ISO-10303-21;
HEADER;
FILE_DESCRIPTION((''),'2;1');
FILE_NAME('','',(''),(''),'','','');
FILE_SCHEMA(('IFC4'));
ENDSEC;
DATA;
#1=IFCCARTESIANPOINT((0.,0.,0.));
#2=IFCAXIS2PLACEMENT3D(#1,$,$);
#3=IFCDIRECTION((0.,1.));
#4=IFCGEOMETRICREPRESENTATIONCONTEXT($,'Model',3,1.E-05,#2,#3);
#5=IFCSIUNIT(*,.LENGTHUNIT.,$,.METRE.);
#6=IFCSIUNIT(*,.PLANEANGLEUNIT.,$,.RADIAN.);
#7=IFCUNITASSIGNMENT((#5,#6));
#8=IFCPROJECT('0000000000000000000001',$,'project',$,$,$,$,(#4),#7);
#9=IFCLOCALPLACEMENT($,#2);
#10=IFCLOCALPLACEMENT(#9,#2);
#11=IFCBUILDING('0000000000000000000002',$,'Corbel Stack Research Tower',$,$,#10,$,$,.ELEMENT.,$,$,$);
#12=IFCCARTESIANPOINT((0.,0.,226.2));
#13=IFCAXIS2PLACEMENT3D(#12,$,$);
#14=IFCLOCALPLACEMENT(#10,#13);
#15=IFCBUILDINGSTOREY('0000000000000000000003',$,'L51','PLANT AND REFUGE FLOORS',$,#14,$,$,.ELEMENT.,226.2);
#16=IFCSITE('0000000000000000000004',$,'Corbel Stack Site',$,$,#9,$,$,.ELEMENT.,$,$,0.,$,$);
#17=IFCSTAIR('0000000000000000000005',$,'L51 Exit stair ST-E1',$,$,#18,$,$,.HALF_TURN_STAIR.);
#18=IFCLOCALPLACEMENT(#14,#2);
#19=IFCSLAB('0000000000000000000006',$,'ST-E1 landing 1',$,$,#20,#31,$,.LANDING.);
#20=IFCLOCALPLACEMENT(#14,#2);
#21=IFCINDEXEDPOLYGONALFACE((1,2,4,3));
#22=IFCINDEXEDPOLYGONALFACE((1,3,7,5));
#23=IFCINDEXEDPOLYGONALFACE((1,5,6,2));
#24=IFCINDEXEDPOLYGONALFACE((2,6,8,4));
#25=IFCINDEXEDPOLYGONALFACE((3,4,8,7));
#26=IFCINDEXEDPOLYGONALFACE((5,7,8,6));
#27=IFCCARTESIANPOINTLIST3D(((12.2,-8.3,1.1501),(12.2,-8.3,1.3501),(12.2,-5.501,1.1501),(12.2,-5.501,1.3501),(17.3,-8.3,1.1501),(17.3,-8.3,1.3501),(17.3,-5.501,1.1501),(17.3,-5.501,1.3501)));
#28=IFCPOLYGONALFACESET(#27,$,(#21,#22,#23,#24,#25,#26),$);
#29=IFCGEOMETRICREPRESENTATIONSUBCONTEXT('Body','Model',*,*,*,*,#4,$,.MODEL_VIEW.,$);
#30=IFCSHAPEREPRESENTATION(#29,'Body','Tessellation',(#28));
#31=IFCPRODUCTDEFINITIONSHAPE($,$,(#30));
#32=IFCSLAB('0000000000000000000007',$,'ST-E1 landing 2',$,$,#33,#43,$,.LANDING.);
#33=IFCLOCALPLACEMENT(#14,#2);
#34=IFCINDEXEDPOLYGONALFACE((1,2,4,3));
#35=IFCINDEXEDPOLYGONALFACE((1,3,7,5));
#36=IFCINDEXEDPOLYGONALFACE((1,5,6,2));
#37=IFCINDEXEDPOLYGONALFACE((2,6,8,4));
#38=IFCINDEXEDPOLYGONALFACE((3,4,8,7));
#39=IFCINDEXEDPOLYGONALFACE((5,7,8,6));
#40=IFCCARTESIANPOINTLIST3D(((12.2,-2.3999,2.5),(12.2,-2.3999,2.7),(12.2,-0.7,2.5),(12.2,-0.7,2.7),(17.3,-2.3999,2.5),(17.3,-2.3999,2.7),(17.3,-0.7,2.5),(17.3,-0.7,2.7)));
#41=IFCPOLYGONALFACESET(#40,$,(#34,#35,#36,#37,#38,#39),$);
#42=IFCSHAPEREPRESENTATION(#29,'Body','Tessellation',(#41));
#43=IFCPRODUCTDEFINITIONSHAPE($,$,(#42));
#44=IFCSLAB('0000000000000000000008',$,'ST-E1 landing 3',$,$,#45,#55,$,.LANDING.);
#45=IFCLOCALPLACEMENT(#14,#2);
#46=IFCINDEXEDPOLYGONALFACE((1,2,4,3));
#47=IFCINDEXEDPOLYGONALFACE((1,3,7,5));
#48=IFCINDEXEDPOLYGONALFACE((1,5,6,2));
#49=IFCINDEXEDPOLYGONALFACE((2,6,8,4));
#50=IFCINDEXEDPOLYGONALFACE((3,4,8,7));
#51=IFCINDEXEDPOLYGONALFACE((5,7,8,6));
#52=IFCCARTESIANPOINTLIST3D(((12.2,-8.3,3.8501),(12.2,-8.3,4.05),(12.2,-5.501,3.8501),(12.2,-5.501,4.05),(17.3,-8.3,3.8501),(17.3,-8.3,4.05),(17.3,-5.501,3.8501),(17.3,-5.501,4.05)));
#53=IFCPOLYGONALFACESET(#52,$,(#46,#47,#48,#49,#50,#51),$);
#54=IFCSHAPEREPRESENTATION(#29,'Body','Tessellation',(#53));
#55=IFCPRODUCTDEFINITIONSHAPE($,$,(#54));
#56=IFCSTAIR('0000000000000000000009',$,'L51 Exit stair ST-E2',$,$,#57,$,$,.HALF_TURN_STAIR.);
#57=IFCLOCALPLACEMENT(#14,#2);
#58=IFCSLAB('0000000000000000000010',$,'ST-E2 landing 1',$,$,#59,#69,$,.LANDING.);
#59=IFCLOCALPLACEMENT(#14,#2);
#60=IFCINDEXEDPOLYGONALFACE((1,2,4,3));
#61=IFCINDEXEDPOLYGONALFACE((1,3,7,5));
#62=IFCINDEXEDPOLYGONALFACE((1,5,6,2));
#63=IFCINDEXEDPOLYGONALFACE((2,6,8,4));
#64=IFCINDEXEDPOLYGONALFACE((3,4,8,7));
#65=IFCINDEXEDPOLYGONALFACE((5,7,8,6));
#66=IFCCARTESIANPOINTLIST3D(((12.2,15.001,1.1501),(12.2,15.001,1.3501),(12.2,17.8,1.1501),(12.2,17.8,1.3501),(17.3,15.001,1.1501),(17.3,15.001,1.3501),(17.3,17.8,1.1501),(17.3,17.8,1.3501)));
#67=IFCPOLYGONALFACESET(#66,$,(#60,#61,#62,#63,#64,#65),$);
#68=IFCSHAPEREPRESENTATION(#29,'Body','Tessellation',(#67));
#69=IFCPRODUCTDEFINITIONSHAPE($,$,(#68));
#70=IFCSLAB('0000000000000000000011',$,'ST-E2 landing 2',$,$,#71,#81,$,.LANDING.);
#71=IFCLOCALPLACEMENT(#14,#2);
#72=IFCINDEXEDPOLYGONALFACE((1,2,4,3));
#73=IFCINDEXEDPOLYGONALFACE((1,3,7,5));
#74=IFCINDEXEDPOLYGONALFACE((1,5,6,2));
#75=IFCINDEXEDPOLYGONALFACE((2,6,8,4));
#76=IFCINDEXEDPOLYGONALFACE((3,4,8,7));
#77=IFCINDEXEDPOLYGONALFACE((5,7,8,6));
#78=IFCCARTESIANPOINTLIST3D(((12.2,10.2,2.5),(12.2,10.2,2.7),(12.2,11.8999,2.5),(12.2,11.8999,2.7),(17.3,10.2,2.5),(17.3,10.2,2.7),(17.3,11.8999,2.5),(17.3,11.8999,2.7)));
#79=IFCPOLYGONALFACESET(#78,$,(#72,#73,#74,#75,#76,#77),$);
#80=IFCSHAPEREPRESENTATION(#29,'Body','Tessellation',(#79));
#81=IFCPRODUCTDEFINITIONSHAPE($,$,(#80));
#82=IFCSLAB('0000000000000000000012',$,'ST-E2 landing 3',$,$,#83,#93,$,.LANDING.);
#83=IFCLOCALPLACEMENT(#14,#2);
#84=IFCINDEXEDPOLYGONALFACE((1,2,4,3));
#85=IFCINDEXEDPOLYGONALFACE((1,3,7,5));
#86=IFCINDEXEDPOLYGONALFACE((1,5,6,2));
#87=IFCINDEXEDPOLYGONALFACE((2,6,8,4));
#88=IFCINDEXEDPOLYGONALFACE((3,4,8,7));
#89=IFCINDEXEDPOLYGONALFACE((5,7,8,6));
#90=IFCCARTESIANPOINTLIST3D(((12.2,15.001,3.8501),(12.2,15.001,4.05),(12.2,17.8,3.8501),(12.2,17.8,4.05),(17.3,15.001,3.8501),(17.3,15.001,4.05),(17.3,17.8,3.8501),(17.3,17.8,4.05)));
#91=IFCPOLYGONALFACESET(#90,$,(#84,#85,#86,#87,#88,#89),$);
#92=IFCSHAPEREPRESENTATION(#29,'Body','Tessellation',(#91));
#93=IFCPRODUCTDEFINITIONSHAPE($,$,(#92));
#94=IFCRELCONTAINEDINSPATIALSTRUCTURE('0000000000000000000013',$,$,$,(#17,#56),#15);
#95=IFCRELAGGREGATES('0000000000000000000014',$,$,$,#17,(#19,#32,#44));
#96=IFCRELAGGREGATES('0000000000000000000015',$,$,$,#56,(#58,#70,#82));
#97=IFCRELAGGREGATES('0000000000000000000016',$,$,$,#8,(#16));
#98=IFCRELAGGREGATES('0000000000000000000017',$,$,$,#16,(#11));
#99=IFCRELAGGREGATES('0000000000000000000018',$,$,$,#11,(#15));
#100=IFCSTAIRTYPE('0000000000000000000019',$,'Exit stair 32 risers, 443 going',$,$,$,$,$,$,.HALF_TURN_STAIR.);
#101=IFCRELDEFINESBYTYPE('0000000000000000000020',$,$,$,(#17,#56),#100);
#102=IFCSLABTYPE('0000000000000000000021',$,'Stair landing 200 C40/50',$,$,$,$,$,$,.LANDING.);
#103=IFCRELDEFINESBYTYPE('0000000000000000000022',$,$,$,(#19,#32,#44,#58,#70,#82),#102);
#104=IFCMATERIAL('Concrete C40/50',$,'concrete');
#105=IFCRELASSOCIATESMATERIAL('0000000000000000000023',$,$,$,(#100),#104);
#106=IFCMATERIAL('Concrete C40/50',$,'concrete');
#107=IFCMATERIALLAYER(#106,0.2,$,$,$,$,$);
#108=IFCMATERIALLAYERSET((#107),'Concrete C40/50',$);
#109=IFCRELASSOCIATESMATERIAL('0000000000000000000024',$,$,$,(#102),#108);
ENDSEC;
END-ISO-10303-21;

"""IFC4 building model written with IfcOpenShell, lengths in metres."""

from ifc_helpers import new_model, si_unit, direction, frame, origin, place, context, subcontext, project, spatial, polyline, outline, extrude, material, layer, layer_set, type_object, element, aggregate, save


model = new_model("IFC4")

# Units and contexts
model_context = context("Model", 3, precision=1e-05, world=origin(), true_north=direction((0.0, 1.0)))
body_context = subcontext(model_context, "Body", "Model", "MODEL_VIEW")
ifc_project = project(units=[si_unit("LENGTHUNIT", "METRE"), si_unit("PLANEANGLEUNIT", "RADIAN")], contexts=[model_context])

# Site, building, storey
site_placement = place(None, origin())
site = spatial("IfcSite", under=ifc_project, at=site_placement, Name="Corbel Stack Site", CompositionType="ELEMENT", RefElevation=0.0)
building_placement = place(site_placement, origin())
building = spatial("IfcBuilding", under=site, at=building_placement, Name="Corbel Stack Research Tower", CompositionType="ELEMENT")
storey_placement = place(building_placement, frame((0.0, 0.0, 226.2)))
storey = spatial("IfcBuildingStorey", under=building, at=storey_placement, Name="L51", Description="PLANT AND REFUGE FLOORS", CompositionType="ELEMENT", Elevation=226.2)

# Stairs, slabs
ifc_material_1 = material(Name="Concrete C40/50", Category="concrete")
stair_type = type_object("IfcStairType", Name="Exit stair 32 risers, 443 going", PredefinedType="HALF_TURN_STAIR", material=ifc_material_1)
ifc_material_2 = material(Name="Concrete C40/50", Category="concrete")
ifc_layer_1 = layer(ifc_material_2, 0.2)
ifc_layer_set_1 = layer_set([ifc_layer_1], Name="Concrete C40/50")
slab_type_1 = type_object("IfcSlabType", Name="Stair landing 200 C40/50", PredefinedType="LANDING", material=ifc_layer_set_1)
stair_1_placement = place(storey_placement, origin())
stair_1 = element("IfcStair", 1, at=stair_1_placement, inside=storey, type_object=stair_type, Name="L51 Exit stair ST-E1", PredefinedType="HALF_TURN_STAIR")
slab_1_placement = place(storey_placement, frame((0.0, 0.0, 1.1501)))
slab_1 = element("IfcSlab", 2, at=slab_1_placement, type_object=slab_type_1, Name="ST-E1 landing 1", PredefinedType="LANDING", context=body_context, shape_type="SweptSolid", body=[
    extrude(outline(polyline([(12.2, -8.3), (12.2, -5.501), (17.3, -5.501), (17.3, -8.3), (12.2, -8.3)])), origin(), (0.0, 0.0, 1.0), 0.2),
])
slab_2_placement = place(storey_placement, frame((0.0, 0.0, 2.5)))
slab_2 = element("IfcSlab", 3, at=slab_2_placement, type_object=slab_type_1, Name="ST-E1 landing 2", PredefinedType="LANDING", context=body_context, shape_type="SweptSolid", body=[
    extrude(outline(polyline([(12.2, -2.3999), (12.2, -0.7), (17.3, -0.7), (17.3, -2.3999), (12.2, -2.3999)])), origin(), (0.0, 0.0, 1.0), 0.2),
])
slab_3_placement = place(storey_placement, frame((0.0, 0.0, 3.8501)))
slab_3 = element("IfcSlab", 4, at=slab_3_placement, type_object=slab_type_1, Name="ST-E1 landing 3", PredefinedType="LANDING", context=body_context, shape_type="SweptSolid", body=[
    extrude(outline(polyline([(12.2, -8.3), (12.2, -5.501), (17.3, -5.501), (17.3, -8.3), (12.2, -8.3)])), origin(), (0.0, 0.0, 1.0), 0.2),
])
aggregate(stair_1, [slab_1, slab_2, slab_3])
stair_2_placement = place(storey_placement, origin())
stair_2 = element("IfcStair", 5, at=stair_2_placement, inside=storey, type_object=stair_type, Name="L51 Exit stair ST-E2", PredefinedType="HALF_TURN_STAIR")
slab_4_placement = place(storey_placement, frame((0.0, 0.0, 1.1501)))
slab_4 = element("IfcSlab", 6, at=slab_4_placement, type_object=slab_type_1, Name="ST-E2 landing 1", PredefinedType="LANDING", context=body_context, shape_type="SweptSolid", body=[
    extrude(outline(polyline([(12.2, 15.001), (12.2, 17.8), (17.3, 17.8), (17.3, 15.001), (12.2, 15.001)])), origin(), (0.0, 0.0, 1.0), 0.2),
])
slab_5_placement = place(storey_placement, frame((0.0, 0.0, 2.5)))
slab_5 = element("IfcSlab", 7, at=slab_5_placement, type_object=slab_type_1, Name="ST-E2 landing 2", PredefinedType="LANDING", context=body_context, shape_type="SweptSolid", body=[
    extrude(outline(polyline([(12.2, 10.2), (12.2, 11.8999), (17.3, 11.8999), (17.3, 10.2), (12.2, 10.2)])), origin(), (0.0, 0.0, 1.0), 0.2),
])
slab_6_placement = place(storey_placement, frame((0.0, 0.0, 3.8501)))
slab_6 = element("IfcSlab", 8, at=slab_6_placement, type_object=slab_type_1, Name="ST-E2 landing 3", PredefinedType="LANDING", context=body_context, shape_type="SweptSolid", body=[
    extrude(outline(polyline([(12.2, 15.001), (12.2, 17.8), (17.3, 17.8), (17.3, 15.001), (12.2, 15.001)])), origin(), (0.0, 0.0, 1.0), 0.2),
])
aggregate(stair_2, [slab_4, slab_5, slab_6])

save(model, "model.ifc")
